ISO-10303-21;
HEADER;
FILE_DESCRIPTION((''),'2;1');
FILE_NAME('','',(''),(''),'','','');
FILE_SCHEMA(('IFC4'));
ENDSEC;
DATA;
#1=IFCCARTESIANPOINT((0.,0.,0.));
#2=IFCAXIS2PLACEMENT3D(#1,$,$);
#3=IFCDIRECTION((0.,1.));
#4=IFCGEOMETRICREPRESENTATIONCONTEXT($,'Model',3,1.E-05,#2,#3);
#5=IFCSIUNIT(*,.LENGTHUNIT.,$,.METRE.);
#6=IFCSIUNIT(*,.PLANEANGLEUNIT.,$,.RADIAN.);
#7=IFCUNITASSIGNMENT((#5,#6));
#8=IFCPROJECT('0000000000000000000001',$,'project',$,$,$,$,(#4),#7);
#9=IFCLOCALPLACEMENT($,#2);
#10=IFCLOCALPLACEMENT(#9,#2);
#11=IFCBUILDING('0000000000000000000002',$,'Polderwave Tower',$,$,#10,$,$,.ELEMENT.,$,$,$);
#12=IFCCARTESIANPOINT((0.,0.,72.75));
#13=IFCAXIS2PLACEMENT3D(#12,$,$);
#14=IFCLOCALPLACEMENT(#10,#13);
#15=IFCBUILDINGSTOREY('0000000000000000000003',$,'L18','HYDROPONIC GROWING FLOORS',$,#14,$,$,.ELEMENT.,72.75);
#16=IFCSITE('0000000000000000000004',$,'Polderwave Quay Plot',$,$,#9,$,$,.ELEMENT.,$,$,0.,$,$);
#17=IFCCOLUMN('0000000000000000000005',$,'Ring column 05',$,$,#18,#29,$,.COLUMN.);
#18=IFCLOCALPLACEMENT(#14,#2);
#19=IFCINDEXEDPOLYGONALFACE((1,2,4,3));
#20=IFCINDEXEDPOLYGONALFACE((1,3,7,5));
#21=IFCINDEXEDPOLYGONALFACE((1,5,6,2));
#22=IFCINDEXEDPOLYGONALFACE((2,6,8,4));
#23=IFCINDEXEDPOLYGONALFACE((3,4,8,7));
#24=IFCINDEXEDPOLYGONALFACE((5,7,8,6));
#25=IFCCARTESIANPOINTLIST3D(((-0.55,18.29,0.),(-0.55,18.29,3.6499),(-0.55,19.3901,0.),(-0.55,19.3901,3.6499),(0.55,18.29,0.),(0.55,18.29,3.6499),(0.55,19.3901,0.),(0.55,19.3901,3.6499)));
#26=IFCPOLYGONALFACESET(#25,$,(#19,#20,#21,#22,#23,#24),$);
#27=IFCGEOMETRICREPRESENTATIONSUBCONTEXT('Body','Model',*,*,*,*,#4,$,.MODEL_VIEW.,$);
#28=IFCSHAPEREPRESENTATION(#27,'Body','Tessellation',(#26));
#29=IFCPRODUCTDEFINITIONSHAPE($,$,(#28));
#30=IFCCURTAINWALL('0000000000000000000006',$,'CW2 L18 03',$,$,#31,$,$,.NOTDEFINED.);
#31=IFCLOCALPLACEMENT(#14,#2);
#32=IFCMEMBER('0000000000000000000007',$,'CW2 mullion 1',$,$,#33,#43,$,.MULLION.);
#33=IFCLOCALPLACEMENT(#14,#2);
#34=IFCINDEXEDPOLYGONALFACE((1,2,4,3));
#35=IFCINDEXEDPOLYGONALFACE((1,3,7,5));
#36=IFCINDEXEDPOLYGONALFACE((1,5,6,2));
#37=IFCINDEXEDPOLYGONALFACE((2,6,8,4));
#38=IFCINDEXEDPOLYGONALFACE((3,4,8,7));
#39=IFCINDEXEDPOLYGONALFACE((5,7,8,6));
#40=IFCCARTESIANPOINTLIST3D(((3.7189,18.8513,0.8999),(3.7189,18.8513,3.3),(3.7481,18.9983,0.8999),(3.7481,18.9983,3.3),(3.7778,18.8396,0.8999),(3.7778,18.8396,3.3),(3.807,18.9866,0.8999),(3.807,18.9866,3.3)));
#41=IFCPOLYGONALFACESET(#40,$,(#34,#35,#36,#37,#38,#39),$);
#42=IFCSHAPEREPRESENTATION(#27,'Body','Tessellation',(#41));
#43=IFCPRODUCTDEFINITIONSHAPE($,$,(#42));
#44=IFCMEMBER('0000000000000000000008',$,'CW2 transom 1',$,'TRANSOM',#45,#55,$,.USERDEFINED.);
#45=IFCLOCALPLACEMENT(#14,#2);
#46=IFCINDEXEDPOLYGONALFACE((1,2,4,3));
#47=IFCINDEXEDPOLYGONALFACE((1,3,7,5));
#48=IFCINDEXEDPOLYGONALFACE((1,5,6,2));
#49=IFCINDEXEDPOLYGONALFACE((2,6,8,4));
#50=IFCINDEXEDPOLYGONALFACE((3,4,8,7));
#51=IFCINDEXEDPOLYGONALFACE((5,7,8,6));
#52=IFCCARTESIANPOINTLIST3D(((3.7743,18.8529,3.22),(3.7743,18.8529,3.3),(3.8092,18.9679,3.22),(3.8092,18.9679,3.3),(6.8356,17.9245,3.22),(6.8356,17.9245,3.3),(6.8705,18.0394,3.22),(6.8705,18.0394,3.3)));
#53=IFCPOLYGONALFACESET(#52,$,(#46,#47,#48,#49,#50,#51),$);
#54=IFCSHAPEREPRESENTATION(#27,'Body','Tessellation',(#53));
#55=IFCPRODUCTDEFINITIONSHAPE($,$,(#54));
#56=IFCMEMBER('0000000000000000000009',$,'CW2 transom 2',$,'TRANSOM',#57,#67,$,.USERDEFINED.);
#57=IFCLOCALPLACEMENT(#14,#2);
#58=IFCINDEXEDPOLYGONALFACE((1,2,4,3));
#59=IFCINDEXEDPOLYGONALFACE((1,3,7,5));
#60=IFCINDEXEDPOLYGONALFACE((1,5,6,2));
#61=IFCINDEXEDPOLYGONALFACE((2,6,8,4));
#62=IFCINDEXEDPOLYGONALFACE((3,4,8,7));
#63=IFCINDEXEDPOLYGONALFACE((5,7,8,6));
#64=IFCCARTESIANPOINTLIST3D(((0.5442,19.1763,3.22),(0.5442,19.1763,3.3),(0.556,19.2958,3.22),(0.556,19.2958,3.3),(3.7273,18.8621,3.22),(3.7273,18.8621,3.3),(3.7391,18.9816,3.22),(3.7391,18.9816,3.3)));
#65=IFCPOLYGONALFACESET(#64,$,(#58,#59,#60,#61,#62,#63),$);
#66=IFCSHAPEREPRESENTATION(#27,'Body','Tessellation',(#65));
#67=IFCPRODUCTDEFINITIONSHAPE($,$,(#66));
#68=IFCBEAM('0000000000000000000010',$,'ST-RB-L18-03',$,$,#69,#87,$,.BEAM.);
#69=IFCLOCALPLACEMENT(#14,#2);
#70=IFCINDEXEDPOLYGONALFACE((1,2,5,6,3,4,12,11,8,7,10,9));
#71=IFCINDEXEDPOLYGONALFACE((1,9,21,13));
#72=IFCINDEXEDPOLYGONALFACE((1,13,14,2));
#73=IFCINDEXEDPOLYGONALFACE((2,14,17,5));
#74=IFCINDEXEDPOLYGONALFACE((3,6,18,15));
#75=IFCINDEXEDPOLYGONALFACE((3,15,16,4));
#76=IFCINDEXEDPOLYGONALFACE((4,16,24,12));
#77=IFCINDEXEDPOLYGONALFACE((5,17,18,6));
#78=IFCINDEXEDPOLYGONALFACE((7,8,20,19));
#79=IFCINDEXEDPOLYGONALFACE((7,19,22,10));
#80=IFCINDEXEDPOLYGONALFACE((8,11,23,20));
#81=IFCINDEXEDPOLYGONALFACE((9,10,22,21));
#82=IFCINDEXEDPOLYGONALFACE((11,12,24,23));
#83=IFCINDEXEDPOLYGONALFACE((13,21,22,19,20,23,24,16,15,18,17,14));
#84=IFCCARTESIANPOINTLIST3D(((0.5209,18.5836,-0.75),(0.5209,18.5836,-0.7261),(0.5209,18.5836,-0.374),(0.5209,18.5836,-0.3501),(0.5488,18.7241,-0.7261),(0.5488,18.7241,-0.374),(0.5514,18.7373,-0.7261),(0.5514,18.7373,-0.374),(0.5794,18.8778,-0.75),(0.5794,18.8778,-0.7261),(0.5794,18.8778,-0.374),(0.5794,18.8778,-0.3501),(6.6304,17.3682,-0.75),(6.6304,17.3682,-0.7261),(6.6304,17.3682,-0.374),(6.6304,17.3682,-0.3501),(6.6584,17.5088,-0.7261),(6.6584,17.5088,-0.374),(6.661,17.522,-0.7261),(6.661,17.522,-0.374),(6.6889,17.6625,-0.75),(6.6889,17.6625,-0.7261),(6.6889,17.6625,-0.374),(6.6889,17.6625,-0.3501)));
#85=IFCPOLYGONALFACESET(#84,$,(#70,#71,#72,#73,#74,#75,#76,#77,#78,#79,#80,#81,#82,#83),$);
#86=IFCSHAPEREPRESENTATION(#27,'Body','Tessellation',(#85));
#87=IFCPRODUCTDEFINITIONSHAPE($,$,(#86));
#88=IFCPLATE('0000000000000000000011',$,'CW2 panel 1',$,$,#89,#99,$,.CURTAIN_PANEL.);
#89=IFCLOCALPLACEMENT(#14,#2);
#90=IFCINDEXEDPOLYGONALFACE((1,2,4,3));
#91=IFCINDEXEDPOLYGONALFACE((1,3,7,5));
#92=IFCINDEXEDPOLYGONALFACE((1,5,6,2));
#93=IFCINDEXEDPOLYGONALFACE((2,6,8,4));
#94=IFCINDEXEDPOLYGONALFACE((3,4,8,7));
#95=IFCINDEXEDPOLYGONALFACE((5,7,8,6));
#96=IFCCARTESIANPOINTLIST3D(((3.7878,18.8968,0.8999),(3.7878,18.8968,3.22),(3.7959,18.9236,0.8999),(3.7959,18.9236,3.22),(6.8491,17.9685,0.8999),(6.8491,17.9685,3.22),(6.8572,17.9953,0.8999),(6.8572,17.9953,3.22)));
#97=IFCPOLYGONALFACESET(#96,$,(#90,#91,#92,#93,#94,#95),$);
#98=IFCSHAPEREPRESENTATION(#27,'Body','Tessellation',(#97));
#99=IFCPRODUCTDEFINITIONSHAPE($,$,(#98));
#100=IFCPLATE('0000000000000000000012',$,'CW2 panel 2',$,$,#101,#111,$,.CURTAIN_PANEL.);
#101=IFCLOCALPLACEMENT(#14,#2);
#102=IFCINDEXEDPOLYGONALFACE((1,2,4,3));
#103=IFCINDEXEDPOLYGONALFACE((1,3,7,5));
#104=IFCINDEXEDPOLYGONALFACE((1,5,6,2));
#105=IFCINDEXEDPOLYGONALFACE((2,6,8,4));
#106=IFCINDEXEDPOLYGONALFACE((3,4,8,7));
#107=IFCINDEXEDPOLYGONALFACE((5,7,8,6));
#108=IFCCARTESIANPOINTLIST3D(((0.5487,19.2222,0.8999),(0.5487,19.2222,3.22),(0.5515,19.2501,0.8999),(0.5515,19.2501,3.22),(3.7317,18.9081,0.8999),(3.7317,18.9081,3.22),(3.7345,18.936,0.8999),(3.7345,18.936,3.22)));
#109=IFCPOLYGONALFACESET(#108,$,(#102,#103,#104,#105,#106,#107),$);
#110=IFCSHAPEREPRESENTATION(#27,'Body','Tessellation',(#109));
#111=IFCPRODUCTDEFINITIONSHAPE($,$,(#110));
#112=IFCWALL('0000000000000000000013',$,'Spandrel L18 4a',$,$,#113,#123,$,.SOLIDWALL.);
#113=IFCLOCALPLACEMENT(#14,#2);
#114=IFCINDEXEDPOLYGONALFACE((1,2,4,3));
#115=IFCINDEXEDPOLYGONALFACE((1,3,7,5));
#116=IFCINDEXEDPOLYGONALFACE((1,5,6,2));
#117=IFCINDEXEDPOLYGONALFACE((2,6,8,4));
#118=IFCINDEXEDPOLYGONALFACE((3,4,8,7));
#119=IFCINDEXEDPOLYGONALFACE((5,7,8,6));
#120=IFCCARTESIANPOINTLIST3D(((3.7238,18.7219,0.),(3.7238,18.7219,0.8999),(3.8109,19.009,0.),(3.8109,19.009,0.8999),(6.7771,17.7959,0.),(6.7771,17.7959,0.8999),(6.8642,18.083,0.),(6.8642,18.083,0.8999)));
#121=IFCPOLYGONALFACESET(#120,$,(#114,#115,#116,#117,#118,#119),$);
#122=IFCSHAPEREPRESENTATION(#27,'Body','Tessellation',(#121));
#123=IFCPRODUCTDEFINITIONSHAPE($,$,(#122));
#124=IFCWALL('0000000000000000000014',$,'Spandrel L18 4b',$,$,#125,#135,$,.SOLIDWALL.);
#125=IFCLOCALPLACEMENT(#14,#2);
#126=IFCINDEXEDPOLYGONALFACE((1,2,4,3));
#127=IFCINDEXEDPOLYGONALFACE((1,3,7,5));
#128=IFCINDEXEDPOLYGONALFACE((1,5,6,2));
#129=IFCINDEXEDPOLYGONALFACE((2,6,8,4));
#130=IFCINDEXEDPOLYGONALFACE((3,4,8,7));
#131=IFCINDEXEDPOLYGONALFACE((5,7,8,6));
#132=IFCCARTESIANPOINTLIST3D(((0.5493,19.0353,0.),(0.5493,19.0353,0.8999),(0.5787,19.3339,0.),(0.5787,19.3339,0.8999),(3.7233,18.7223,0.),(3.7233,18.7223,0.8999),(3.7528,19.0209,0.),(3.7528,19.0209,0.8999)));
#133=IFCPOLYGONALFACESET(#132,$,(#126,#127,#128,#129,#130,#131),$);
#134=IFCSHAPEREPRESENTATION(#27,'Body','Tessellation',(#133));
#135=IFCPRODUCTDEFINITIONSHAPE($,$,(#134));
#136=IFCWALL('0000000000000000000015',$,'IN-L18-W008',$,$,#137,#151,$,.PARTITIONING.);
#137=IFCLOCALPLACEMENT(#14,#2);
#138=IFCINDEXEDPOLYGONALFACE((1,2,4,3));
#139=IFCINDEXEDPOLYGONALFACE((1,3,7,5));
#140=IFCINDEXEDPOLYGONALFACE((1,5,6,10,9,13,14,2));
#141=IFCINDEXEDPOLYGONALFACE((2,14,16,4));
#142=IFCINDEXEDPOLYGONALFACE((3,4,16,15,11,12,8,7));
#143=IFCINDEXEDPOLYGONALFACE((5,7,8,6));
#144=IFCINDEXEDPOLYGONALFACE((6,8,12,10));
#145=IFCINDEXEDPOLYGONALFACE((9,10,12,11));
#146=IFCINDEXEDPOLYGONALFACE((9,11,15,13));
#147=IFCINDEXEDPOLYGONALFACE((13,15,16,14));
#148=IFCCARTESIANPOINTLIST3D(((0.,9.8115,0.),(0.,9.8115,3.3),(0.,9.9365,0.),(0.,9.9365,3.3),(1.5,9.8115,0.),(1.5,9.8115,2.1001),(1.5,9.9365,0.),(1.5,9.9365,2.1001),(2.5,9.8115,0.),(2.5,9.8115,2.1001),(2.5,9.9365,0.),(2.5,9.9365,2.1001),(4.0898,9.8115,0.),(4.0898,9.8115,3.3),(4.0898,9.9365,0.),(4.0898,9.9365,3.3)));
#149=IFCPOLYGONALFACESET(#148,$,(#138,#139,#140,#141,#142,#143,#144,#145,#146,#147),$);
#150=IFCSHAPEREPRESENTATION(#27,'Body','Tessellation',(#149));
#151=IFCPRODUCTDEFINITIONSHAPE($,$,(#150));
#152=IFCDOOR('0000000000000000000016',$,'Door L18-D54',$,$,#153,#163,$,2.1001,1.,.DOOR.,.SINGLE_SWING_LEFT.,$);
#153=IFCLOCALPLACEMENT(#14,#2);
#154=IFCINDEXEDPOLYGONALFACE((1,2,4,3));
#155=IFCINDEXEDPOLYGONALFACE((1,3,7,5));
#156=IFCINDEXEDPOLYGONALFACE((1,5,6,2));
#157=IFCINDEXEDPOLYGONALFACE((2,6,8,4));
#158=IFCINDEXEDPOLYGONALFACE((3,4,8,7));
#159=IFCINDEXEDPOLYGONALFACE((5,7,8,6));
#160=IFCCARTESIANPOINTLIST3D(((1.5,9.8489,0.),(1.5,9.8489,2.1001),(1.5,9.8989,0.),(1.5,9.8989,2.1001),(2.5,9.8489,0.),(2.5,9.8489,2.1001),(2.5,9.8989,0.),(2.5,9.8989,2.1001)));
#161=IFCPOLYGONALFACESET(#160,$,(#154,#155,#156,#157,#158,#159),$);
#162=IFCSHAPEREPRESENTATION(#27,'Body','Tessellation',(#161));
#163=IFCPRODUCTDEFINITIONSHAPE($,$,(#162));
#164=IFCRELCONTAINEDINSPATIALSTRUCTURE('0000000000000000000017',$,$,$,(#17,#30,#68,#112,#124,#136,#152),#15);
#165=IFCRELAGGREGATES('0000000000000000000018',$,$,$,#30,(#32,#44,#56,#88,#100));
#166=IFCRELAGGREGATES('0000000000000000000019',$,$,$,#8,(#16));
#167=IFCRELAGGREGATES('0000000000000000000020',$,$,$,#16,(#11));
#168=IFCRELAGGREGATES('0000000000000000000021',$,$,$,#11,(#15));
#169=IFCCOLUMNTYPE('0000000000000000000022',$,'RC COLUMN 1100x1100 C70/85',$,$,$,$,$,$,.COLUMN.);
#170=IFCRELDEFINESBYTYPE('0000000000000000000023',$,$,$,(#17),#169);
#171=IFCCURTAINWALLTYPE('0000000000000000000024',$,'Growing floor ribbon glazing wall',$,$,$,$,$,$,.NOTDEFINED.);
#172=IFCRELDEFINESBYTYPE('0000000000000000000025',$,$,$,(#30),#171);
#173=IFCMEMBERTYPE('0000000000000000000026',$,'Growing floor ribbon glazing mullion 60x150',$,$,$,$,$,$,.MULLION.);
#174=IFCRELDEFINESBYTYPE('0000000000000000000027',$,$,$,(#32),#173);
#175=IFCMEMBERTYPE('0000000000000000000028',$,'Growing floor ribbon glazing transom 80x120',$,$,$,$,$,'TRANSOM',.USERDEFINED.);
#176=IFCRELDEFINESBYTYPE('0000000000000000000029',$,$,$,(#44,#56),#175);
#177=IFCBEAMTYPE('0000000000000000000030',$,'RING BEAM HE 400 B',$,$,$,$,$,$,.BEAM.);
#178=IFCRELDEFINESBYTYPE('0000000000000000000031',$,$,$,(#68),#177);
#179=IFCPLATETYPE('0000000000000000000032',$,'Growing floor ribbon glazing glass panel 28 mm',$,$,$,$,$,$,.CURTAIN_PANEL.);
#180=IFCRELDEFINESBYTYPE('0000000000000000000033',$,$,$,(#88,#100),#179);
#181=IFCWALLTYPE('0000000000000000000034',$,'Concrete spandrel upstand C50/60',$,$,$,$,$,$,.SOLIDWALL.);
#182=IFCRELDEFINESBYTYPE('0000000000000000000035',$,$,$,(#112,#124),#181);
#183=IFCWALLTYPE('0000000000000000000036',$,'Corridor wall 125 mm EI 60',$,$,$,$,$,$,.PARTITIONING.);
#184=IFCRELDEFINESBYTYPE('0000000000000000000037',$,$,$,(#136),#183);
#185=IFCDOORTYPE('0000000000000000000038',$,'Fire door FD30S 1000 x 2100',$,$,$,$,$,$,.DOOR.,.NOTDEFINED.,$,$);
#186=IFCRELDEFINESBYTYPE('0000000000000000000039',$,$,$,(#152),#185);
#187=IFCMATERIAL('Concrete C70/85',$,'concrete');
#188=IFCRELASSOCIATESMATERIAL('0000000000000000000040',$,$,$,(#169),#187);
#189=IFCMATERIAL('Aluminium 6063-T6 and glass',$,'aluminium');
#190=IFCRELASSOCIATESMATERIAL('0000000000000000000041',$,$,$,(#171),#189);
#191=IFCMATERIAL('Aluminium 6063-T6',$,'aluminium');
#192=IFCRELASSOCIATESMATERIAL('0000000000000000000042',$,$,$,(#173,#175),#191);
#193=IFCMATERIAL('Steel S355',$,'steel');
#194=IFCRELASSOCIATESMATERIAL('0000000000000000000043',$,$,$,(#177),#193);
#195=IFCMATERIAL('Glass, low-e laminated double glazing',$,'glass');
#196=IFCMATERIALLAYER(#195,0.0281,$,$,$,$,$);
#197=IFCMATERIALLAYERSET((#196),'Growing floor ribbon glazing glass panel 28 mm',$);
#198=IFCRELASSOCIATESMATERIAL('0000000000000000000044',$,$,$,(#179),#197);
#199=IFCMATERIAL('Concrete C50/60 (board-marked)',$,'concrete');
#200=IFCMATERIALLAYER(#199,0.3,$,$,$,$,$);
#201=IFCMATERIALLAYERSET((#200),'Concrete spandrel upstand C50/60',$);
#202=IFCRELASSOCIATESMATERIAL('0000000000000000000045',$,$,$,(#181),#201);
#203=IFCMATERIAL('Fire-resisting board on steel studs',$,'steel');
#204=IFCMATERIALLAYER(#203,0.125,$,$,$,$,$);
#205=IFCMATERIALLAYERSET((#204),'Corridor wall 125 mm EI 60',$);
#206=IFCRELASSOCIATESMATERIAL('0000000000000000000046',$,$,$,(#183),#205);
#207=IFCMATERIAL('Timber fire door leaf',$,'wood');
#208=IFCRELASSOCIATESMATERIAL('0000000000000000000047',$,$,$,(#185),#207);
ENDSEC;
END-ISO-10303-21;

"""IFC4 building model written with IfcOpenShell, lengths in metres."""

from ifc_helpers import new_model, si_unit, direction, frame, frame_2d, origin, origin_2d, place, context, subcontext, project, spatial, rectangle, i_section, extrude, material, layer, layer_set, material_profile, profile_set, type_object, element, fill, aggregate, save


model = new_model("IFC4")

# Units and contexts
model_context = context("Model", 3, precision=1e-05, world=origin(), true_north=direction((0.0, 1.0)))
body_context = subcontext(model_context, "Body", "Model", "MODEL_VIEW")
ifc_project = project(units=[si_unit("LENGTHUNIT", "METRE"), si_unit("PLANEANGLEUNIT", "RADIAN")], contexts=[model_context])

# Site, building, storey
site_placement = place(None, origin())
site = spatial("IfcSite", under=ifc_project, at=site_placement, Name="Polderwave Quay Plot", CompositionType="ELEMENT", RefElevation=0.0)
building_placement = place(site_placement, origin())
building = spatial("IfcBuilding", under=site, at=building_placement, Name="Polderwave Tower", CompositionType="ELEMENT")
storey_placement = place(building_placement, frame((0.0, 0.0, 72.75)))
storey = spatial("IfcBuildingStorey", under=building, at=storey_placement, Name="L18", Description="HYDROPONIC GROWING FLOORS", CompositionType="ELEMENT", Elevation=72.75)

# Column
ifc_material_1 = material(Name="Concrete C70/85", Category="concrete")
ifc_material_profile_1 = material_profile(ifc_material_1, rectangle(XDim=1.1001, YDim=1.1001, at=origin_2d()), Name="RC 1100x1100")
ifc_profile_set_1 = profile_set([ifc_material_profile_1], Name="Concrete C70/85")
column_type = type_object("IfcColumnType", Name="RC COLUMN 1100x1100 C70/85", PredefinedType="COLUMN", material=ifc_profile_set_1)
column_placement = place(storey_placement, frame((0.0, 18.8401, 0.0), z_axis=(0.0, 0.0, 1.0), x_axis=(0.0, 1.0, 0.0)))
element("IfcColumn", 1, at=column_placement, inside=storey, type_object=column_type, Name="Ring column 05", PredefinedType="COLUMN", context=body_context, shape_type="SweptSolid", body=[
    extrude(rectangle(XDim=1.1001, YDim=1.1001, at=origin_2d()), origin(), (0.0, 0.0, 1.0), 3.6499),
])

# Curtain wall, members
ifc_material_2 = material(Name="Aluminium 6063-T6 and glass", Category="aluminium")
curtain_wall_type = type_object("IfcCurtainWallType", Name="Growing floor ribbon glazing wall", PredefinedType="NOTDEFINED", material=ifc_material_2)
curtain_wall_placement = place(storey_placement, origin())
curtain_wall = element("IfcCurtainWall", 2, at=curtain_wall_placement, inside=storey, type_object=curtain_wall_type, Name="CW2 L18 03", PredefinedType="NOTDEFINED")
ifc_material_3 = material(Name="Aluminium 6063-T6", Category="aluminium")
ifc_material_profile_2 = material_profile(ifc_material_3, rectangle(XDim=0.1499, YDim=0.0601, at=origin_2d()), Name="AL 60x150")
ifc_profile_set_2 = profile_set([ifc_material_profile_2], Name="Aluminium 6063-T6")
member_type_1 = type_object("IfcMemberType", Name="Growing floor ribbon glazing mullion 60x150", PredefinedType="MULLION", material=ifc_profile_set_2)
member_1_placement = place(storey_placement, frame((3.7629, 18.9189, 0.8999), z_axis=(0.0, 0.0, 1.0), x_axis=(-0.195123, -0.980779, 0.0)))
member_1 = element("IfcMember", 3, at=member_1_placement, type_object=member_type_1, Name="CW2 mullion 1", PredefinedType="MULLION", context=body_context, shape_type="SweptSolid", body=[
    extrude(rectangle(XDim=0.1499, YDim=0.0601, at=origin_2d()), origin(), (0.0, 0.0, 1.0), 2.4001),
])
ifc_material_profile_3 = material_profile(ifc_material_3, rectangle(XDim=0.1201, YDim=0.0801, at=origin_2d()), Name="AL 80x120")
ifc_profile_set_3 = profile_set([ifc_material_profile_3], Name="Aluminium 6063-T6")
member_type_2 = type_object("IfcMemberType", Name="Growing floor ribbon glazing transom 80x120", ElementType="TRANSOM", PredefinedType="USERDEFINED", material=ifc_profile_set_3)
member_2_placement = place(storey_placement, frame((6.853, 17.9819, 3.26), z_axis=(-0.956954, 0.290238, 0.0), x_axis=(-0.290238, -0.956954, 0.0)))
member_2 = element("IfcMember", 4, at=member_2_placement, type_object=member_type_2, Name="CW2 transom 1", ObjectType="TRANSOM", PredefinedType="USERDEFINED", context=body_context, shape_type="SweptSolid", body=[
    extrude(rectangle(XDim=0.1201, YDim=0.0801, at=origin_2d()), origin(), (0.0, 0.0, 1.0), 3.199),
])
member_3_placement = place(storey_placement, frame((3.7332, 18.9219, 3.26), z_axis=(-0.995163, 0.098234, 0.0), x_axis=(-0.098234, -0.995163, 0.0)))
member_3 = element("IfcMember", 5, at=member_3_placement, type_object=member_type_2, Name="CW2 transom 2", ObjectType="TRANSOM", PredefinedType="USERDEFINED", context=body_context, shape_type="SweptSolid", body=[
    extrude(rectangle(XDim=0.1201, YDim=0.0801, at=origin_2d()), origin(), (0.0, 0.0, 1.0), 3.1985),
])

# Beam
ifc_material_4 = material(Name="Steel S355", Category="steel")
ifc_material_profile_4 = material_profile(ifc_material_4, i_section(OverallWidth=0.3, OverallDepth=0.3999, WebThickness=0.0134, FlangeThickness=0.0239, at=origin_2d()), Name="HE 400 B")
ifc_profile_set_4 = profile_set([ifc_material_profile_4], Name="Steel S355")
beam_type = type_object("IfcBeamType", Name="RING BEAM HE 400 B", PredefinedType="BEAM", material=ifc_profile_set_4)
beam_placement = place(storey_placement, frame((6.6597, 17.5154, -0.55), z_axis=(-0.980784, 0.195099, 0.0), x_axis=(-0.195099, -0.980784, 0.0)))
element("IfcBeam", 6, at=beam_placement, inside=storey, type_object=beam_type, Name="ST-RB-L18-03", PredefinedType="BEAM", context=body_context, shape_type="SweptSolid", body=[
    extrude(i_section(OverallWidth=0.3, OverallDepth=0.3999, WebThickness=0.0134, FlangeThickness=0.0239, at=origin_2d()), origin(), (0.0, 0.0, 1.0), 6.2292),
])

# Plates
ifc_material_5 = material(Name="Glass, low-e laminated double glazing", Category="glass")
ifc_layer_1 = layer(ifc_material_5, 0.0281)
ifc_layer_set_1 = layer_set([ifc_layer_1], Name="Growing floor ribbon glazing glass panel 28 mm")
plate_type = type_object("IfcPlateType", Name="Growing floor ribbon glazing glass panel 28 mm", PredefinedType="CURTAIN_PANEL", material=ifc_layer_set_1)
plate_1_placement = place(storey_placement, frame((5.3225, 18.446, 0.8999), z_axis=(0.0, 0.0, 1.0), x_axis=(-0.95697, 0.290188, 0.0)))
plate_1 = element("IfcPlate", 7, at=plate_1_placement, type_object=plate_type, Name="CW2 panel 1", PredefinedType="CURTAIN_PANEL", context=body_context, shape_type="SweptSolid", body=[
    extrude(rectangle(XDim=3.199, YDim=0.0281, at=origin_2d()), origin(), (0.0, 0.0, 1.0), 2.3201),
])
plate_2_placement = place(storey_placement, frame((2.1416, 19.0791, 0.8999), z_axis=(0.0, 0.0, 1.0), x_axis=(-0.995168, 0.098186, 0.0)))
plate_2 = element("IfcPlate", 8, at=plate_2_placement, type_object=plate_type, Name="CW2 panel 2", PredefinedType="CURTAIN_PANEL", context=body_context, shape_type="SweptSolid", body=[
    extrude(rectangle(XDim=3.1985, YDim=0.0281, at=origin_2d()), origin(), (0.0, 0.0, 1.0), 2.3201),
])
aggregate(curtain_wall, [member_1, member_2, member_3, plate_1, plate_2])

# Walls
ifc_material_6 = material(Name="Concrete C50/60 (board-marked)", Category="concrete")
ifc_layer_2 = layer(ifc_material_6, 0.3)
ifc_layer_set_2 = layer_set([ifc_layer_2], Name="Concrete spandrel upstand C50/60")
wall_type_1 = type_object("IfcWallType", Name="Concrete spandrel upstand C50/60", PredefinedType="SOLIDWALL", material=ifc_layer_set_2)
wall_1_placement = place(storey_placement, frame((6.8206, 17.9395, 0.0), z_axis=(0.0, 0.0, 1.0), x_axis=(-0.956954, 0.290239, 0.0)))
element("IfcWall", 9, at=wall_1_placement, inside=storey, type_object=wall_type_1, Name="Spandrel L18 4a", PredefinedType="SOLIDWALL", context=body_context, shape_type="SweptSolid", body=[
    extrude(rectangle(XDim=3.1907, YDim=0.3, at=frame_2d((1.5952, 0.0))), origin(), (0.0, 0.0, 1.0), 0.8999),
])
wall_2_placement = place(storey_placement, frame((3.738, 18.8716, 0.0), z_axis=(0.0, 0.0, 1.0), x_axis=(-0.995173, 0.098132, 0.0)))
element("IfcWall", 10, at=wall_2_placement, inside=storey, type_object=wall_type_1, Name="Spandrel L18 4b", PredefinedType="SOLIDWALL", context=body_context, shape_type="SweptSolid", body=[
    extrude(rectangle(XDim=3.1895, YDim=0.3, at=frame_2d((1.5947, 0.0))), origin(), (0.0, 0.0, 1.0), 0.8999),
])

# Wall, opening, door
ifc_material_7 = material(Name="Fire-resisting board on steel studs", Category="steel")
ifc_layer_3 = layer(ifc_material_7, 0.125)
ifc_layer_set_3 = layer_set([ifc_layer_3], Name="Corridor wall 125 mm EI 60")
wall_type_2 = type_object("IfcWallType", Name="Corridor wall 125 mm EI 60", PredefinedType="PARTITIONING", material=ifc_layer_set_3)
wall_3_placement = place(storey_placement, frame((0.0, 9.874, 0.0), z_axis=(0.0, 0.0, 1.0), x_axis=(1.0, 0.0, 0.0)))
wall_3 = element("IfcWall", 11, at=wall_3_placement, inside=storey, type_object=wall_type_2, Name="IN-L18-W008", PredefinedType="PARTITIONING", context=body_context, shape_type="SweptSolid", body=[
    extrude(rectangle(XDim=4.0898, YDim=0.125, at=frame_2d((2.0449, 0.0))), origin(), (0.0, 0.0, 1.0), 3.3),
])
opening_1_placement = place(wall_3_placement, frame((1.5, 0.0, 0.0)))
opening_1 = element("IfcOpeningElement", 12, at=opening_1_placement, cuts=wall_3, PredefinedType="OPENING", context=body_context, shape_type="SweptSolid", body=[
    extrude(rectangle(XDim=1.0, YDim=2.1001, at=frame_2d((0.5, 1.05))), frame((0.0, 0.0725, 0.0), z_axis=(0.0, -1.0, 0.0), x_axis=(1.0, 0.0, 0.0)), (0.0, 0.0, 1.0), 0.145),
])
ifc_material_8 = material(Name="Timber fire door leaf", Category="wood")
door_type_1 = type_object("IfcDoorType", Name="Fire door FD30S 1000 x 2100", OperationType="NOTDEFINED", PredefinedType="DOOR", material=ifc_material_8)
door_1_placement = place(opening_1_placement, origin())
door_1 = element("IfcDoor", 13, at=door_1_placement, inside=storey, type_object=door_type_1, Name="Door L18-D54", OperationType="SINGLE_SWING_LEFT", OverallHeight=2.1001, OverallWidth=1.0, PredefinedType="DOOR", context=body_context, shape_type="SweptSolid", body=[
    extrude(rectangle(XDim=1.0, YDim=2.1001, at=frame_2d((0.5, 1.05))), frame((0.0, 0.0249, 0.0), z_axis=(0.0, -1.0, 0.0), x_axis=(1.0, 0.0, 0.0)), (0.0, 0.0, 1.0), 0.05),
])
fill(opening_1, door_1)

save(model, "model.ifc")
